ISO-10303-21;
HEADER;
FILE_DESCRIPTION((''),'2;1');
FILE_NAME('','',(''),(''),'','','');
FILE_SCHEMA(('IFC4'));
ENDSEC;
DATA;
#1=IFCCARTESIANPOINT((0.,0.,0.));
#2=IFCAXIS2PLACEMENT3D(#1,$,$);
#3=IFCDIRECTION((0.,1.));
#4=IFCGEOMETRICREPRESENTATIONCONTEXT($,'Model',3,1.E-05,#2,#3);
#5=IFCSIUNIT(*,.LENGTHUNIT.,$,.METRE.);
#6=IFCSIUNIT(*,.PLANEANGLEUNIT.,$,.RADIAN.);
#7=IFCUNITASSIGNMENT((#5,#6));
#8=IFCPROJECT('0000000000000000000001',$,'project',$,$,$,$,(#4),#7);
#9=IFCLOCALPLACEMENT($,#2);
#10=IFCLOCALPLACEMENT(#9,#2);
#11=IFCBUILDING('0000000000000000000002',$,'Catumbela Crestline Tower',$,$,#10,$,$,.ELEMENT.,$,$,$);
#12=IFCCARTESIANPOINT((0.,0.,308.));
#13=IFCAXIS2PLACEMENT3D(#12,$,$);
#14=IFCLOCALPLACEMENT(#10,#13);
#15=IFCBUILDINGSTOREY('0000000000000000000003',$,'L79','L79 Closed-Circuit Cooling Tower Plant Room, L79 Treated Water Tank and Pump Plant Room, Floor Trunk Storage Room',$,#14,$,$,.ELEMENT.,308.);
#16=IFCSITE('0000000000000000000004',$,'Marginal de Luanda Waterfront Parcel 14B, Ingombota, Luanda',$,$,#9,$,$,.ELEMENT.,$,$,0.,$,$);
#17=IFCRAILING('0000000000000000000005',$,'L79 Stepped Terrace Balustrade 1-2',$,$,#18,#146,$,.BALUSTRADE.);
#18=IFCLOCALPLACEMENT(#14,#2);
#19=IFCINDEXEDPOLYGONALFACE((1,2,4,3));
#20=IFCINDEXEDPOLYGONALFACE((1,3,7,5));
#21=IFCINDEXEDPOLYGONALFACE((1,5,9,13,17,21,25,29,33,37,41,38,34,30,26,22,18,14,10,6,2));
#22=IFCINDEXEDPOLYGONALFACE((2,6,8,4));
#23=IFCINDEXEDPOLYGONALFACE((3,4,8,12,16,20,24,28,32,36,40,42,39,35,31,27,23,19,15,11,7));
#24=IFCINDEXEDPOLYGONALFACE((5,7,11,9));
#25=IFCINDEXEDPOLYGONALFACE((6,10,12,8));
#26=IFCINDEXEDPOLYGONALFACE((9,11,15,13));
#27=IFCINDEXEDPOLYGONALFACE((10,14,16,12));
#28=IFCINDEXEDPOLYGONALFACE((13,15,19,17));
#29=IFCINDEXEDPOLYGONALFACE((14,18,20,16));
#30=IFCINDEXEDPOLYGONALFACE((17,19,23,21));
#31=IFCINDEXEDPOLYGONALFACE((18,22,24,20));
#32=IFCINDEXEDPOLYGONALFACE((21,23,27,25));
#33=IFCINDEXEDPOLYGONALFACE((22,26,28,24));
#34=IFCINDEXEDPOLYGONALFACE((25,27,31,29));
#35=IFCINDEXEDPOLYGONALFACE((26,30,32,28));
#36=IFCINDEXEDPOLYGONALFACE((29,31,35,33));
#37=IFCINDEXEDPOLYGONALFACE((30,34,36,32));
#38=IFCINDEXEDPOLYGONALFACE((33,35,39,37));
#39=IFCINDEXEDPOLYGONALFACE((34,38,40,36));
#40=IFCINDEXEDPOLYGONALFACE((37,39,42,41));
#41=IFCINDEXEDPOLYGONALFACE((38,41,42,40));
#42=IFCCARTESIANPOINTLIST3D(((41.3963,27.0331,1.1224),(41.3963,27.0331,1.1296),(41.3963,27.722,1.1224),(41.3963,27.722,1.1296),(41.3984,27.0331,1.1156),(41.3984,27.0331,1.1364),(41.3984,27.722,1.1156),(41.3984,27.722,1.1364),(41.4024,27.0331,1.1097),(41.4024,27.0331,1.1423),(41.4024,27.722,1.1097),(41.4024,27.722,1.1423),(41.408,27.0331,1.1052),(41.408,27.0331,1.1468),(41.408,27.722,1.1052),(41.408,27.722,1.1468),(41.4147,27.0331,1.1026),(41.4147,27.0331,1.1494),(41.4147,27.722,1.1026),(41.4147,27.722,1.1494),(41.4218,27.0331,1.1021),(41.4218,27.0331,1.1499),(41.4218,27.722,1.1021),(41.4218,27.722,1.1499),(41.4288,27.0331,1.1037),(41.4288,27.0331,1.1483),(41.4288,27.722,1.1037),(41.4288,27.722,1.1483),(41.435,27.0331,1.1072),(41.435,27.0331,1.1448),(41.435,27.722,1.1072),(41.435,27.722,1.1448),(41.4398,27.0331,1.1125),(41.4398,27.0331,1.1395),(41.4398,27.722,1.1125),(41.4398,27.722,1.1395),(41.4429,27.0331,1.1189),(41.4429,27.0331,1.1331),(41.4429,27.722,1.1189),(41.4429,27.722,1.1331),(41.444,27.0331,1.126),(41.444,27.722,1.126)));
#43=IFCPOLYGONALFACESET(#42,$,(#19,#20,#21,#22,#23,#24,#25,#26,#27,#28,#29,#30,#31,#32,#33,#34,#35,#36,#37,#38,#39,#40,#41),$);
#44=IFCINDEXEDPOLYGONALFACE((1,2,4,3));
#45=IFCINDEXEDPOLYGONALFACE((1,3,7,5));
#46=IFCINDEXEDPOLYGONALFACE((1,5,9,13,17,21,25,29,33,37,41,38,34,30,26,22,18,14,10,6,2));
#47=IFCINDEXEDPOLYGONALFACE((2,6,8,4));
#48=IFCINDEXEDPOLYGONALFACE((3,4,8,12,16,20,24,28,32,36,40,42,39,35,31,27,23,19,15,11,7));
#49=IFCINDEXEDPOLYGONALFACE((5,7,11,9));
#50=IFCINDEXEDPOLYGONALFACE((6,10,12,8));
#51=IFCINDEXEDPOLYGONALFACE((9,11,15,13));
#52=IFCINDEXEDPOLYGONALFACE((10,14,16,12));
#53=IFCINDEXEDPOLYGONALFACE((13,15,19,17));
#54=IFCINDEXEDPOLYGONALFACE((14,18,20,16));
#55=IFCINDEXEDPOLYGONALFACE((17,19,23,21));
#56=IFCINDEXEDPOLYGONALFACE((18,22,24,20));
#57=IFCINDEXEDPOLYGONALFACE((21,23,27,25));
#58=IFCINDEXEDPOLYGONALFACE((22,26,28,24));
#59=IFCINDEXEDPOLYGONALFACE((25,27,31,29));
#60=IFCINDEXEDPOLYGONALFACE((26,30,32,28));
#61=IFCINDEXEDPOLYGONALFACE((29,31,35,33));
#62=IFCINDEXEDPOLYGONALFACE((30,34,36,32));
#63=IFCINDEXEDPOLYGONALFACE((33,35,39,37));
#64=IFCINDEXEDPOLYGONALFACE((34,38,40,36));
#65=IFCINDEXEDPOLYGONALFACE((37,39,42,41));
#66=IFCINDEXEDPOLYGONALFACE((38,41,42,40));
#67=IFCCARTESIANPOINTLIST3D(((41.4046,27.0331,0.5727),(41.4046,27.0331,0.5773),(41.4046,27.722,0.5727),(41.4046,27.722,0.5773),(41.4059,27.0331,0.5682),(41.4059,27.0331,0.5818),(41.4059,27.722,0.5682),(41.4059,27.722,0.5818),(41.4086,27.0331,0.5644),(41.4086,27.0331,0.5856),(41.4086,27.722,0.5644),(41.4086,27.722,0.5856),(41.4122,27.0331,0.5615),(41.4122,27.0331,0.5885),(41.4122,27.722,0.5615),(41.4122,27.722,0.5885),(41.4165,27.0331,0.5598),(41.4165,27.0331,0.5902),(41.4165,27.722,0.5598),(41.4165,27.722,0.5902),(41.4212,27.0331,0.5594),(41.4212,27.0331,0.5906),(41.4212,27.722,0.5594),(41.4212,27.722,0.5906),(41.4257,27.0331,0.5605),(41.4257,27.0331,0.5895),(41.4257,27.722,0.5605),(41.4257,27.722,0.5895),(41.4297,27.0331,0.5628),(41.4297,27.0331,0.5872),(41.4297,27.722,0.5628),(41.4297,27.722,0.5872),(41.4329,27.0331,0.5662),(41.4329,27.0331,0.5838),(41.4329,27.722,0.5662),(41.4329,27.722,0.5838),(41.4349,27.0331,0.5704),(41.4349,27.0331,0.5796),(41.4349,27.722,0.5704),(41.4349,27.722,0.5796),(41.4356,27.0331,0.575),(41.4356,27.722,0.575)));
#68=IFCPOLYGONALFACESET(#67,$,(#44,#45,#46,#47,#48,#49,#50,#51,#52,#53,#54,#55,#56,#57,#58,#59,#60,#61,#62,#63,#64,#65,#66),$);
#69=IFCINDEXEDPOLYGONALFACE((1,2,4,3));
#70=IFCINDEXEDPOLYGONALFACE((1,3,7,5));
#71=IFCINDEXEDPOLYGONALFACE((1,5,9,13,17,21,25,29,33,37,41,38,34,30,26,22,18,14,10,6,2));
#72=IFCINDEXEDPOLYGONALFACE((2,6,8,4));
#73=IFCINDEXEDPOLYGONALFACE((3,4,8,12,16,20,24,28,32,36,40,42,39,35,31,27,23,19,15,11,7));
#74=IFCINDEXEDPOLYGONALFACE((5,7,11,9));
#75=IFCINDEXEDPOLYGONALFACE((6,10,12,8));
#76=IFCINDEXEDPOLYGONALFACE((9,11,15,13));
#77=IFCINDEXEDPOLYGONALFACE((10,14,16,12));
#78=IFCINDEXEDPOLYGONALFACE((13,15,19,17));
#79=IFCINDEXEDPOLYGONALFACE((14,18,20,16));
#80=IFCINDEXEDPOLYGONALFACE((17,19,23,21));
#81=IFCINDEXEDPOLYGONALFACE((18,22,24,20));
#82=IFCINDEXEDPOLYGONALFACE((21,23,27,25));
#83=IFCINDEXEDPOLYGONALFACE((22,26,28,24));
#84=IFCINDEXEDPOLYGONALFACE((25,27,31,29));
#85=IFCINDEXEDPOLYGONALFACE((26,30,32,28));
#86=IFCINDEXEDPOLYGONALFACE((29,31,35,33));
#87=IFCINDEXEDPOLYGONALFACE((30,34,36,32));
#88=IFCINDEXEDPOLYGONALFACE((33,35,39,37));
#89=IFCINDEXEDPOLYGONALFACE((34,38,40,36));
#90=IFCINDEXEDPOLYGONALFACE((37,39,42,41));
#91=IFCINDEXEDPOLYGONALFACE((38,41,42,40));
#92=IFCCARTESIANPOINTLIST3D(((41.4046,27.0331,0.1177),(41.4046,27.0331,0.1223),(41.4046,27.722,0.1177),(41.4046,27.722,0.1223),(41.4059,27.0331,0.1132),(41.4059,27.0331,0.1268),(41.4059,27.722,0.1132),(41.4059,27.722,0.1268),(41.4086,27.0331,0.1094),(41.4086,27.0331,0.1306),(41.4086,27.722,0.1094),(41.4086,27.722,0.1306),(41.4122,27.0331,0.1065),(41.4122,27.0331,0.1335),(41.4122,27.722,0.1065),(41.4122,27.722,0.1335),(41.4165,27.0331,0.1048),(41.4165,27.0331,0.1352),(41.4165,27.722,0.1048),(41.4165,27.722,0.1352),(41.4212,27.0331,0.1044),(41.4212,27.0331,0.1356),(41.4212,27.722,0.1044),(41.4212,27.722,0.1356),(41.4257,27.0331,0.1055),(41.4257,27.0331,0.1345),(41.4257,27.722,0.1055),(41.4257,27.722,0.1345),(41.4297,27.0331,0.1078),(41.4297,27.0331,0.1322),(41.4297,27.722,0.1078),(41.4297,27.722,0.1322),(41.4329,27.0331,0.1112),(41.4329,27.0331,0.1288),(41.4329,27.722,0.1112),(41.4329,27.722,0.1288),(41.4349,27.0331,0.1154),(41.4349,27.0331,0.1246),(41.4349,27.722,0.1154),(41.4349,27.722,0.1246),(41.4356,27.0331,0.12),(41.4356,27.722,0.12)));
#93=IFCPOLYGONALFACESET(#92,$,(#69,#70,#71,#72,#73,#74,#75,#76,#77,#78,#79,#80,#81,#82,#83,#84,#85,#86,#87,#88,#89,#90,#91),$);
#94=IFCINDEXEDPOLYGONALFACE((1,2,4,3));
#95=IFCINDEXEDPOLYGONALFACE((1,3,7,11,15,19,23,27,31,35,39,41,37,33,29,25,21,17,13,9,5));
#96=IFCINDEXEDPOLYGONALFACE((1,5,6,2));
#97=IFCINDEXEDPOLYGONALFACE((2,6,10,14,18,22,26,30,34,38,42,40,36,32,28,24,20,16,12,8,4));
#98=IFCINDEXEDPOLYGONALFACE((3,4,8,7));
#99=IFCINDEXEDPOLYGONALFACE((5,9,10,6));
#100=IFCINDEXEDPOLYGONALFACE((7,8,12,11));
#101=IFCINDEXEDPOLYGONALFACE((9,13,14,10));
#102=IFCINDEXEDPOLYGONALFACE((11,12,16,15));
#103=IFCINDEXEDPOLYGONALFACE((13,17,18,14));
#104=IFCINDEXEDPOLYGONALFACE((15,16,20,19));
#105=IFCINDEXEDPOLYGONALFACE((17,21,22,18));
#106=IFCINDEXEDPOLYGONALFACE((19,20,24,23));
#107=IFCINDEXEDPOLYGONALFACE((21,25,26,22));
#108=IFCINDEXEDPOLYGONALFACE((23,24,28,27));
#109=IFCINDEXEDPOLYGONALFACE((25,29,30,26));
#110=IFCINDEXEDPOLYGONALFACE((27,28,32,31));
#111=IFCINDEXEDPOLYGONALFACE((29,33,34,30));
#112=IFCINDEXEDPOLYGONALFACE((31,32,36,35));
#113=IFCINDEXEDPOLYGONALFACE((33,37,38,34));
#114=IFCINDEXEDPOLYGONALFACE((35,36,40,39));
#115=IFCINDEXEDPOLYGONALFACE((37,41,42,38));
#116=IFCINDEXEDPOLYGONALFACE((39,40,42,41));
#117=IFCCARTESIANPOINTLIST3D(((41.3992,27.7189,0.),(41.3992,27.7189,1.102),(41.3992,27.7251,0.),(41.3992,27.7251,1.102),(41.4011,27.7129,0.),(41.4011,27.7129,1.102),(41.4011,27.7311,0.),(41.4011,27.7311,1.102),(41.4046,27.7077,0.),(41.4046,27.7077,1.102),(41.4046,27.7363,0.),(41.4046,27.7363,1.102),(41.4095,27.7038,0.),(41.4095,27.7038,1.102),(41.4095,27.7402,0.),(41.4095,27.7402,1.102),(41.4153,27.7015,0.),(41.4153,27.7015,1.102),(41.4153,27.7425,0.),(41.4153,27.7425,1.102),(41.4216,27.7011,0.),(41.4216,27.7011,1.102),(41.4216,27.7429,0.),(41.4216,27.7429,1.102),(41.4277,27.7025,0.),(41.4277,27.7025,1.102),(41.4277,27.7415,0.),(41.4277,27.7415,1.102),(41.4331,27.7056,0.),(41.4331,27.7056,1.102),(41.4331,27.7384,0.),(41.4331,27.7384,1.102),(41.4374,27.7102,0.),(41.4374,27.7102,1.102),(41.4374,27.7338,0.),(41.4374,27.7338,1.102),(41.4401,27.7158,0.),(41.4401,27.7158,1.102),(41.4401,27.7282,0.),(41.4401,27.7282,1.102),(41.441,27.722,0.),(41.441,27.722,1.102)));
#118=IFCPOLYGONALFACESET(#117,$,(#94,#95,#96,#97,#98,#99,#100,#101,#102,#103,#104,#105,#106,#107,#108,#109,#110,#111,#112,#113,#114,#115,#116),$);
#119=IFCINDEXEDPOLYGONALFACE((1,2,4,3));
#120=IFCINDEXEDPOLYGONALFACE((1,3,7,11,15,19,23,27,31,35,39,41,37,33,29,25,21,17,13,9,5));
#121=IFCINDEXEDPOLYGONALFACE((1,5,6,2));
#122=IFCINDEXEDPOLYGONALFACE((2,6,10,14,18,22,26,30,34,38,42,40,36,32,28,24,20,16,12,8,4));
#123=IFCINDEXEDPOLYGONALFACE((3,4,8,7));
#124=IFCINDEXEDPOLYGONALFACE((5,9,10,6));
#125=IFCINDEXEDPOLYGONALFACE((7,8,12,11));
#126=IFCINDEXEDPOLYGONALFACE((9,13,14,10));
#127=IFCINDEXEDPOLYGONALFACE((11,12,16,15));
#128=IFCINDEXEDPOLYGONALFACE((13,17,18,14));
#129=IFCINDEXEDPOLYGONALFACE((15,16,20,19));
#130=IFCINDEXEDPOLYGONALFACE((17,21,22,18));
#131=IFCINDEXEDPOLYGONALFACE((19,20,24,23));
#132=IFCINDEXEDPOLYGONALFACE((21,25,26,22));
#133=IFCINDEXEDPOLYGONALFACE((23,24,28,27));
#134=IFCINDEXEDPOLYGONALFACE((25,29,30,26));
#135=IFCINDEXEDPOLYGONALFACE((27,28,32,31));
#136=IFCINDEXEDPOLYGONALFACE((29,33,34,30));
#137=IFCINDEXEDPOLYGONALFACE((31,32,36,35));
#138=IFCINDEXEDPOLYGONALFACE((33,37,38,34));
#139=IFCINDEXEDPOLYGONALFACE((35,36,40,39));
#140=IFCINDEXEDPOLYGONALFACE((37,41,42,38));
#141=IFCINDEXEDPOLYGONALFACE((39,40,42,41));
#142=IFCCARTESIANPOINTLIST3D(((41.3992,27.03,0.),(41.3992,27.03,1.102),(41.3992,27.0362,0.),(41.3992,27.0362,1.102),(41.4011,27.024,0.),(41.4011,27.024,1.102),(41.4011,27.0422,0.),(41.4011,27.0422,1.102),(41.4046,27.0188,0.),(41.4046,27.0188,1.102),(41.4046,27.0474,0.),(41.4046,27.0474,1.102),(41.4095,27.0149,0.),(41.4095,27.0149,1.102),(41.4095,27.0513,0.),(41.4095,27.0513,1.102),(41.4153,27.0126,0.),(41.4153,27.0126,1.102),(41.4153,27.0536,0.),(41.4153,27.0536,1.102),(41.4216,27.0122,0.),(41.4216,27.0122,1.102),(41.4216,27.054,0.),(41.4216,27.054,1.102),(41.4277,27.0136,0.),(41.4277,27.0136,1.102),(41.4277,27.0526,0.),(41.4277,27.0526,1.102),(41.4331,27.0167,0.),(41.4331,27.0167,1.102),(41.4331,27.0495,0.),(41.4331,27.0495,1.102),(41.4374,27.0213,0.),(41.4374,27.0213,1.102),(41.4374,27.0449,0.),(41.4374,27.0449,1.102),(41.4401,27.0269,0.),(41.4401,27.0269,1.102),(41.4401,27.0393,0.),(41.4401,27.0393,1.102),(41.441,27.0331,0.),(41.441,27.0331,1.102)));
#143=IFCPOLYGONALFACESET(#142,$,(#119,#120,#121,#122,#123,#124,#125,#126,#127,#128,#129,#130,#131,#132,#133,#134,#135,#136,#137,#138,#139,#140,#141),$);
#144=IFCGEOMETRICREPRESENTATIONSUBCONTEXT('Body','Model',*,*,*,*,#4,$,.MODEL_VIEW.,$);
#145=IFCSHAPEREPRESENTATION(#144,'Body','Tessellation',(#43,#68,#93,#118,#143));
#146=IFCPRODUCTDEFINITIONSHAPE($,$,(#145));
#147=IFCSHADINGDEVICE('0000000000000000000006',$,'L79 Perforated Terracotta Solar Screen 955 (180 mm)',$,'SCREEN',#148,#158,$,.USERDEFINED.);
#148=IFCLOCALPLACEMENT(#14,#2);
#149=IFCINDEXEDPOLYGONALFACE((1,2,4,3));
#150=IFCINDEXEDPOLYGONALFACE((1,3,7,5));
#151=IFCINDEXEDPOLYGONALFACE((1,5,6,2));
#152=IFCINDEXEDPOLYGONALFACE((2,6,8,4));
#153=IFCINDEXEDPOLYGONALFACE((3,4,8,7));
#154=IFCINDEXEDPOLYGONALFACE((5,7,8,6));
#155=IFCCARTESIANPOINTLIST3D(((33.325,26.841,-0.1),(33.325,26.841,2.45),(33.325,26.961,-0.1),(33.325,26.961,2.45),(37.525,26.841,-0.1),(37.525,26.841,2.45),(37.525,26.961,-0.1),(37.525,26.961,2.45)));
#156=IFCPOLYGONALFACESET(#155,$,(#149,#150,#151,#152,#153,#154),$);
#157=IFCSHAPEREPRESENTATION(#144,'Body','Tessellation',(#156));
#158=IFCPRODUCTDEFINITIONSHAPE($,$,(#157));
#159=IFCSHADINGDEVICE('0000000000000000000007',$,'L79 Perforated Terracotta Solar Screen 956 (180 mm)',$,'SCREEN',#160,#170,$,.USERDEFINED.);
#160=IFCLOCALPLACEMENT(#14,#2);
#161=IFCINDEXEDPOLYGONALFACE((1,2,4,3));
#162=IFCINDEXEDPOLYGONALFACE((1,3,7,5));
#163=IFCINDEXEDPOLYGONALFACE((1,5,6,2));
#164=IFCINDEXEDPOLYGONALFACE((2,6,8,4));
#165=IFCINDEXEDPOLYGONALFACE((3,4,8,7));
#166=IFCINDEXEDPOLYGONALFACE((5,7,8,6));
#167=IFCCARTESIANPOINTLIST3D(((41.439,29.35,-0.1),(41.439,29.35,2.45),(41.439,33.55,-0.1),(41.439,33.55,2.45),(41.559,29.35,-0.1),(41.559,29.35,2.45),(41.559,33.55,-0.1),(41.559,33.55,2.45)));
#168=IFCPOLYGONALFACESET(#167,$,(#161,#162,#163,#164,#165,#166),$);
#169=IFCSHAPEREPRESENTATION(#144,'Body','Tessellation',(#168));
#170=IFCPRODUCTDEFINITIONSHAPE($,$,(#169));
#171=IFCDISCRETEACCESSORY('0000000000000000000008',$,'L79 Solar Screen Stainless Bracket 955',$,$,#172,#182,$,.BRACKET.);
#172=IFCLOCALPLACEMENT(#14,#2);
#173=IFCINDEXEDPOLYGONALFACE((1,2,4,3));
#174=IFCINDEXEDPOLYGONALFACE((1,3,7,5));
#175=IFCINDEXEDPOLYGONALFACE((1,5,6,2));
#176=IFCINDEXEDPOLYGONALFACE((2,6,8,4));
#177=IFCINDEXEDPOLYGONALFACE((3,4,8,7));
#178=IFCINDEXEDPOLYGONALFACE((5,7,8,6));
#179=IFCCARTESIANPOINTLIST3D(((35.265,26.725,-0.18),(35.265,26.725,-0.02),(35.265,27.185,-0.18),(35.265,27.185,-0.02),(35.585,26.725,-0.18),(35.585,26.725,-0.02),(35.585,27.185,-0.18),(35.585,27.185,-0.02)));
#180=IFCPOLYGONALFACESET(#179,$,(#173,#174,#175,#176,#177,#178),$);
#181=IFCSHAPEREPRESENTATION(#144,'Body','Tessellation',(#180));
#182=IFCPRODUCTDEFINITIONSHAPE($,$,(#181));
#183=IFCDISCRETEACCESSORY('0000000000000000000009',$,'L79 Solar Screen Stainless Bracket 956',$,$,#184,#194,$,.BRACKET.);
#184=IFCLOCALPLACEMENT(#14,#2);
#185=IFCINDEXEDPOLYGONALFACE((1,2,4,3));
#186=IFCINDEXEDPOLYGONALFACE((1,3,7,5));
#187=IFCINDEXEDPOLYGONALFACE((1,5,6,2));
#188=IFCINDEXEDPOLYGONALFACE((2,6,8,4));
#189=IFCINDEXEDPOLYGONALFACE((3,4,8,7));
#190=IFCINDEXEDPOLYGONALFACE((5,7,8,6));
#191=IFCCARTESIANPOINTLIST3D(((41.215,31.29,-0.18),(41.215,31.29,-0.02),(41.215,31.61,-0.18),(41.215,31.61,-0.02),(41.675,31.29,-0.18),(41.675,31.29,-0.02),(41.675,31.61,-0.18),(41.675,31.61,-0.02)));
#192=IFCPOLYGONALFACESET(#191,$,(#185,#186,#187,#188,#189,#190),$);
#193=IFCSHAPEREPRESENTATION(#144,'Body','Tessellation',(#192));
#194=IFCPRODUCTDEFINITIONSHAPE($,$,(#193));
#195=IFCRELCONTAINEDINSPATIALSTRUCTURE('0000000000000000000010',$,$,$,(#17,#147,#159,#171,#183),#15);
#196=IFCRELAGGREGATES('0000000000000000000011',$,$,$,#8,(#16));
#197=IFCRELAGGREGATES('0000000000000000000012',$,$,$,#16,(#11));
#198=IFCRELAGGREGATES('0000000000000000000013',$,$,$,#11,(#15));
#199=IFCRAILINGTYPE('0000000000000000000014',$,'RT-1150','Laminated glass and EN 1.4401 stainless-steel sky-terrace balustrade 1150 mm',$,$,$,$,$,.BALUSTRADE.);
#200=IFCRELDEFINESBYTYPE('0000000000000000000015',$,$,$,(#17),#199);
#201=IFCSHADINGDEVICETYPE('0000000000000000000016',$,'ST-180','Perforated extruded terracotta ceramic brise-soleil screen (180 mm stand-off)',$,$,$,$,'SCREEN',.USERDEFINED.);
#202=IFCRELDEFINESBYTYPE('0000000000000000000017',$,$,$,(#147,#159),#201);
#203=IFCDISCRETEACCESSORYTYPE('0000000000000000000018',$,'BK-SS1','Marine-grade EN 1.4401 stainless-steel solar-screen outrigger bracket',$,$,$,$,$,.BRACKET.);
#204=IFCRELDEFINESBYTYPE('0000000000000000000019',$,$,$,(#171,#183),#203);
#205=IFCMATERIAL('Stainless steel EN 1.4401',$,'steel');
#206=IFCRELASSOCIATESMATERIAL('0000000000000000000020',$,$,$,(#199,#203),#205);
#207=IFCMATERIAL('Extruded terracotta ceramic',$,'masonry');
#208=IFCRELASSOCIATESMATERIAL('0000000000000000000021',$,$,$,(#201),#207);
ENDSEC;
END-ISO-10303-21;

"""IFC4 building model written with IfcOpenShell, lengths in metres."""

from ifc_helpers import new_model, si_unit, direction, frame, origin, origin_2d, place, context, subcontext, project, spatial, rectangle, circle, extrude, material, type_object, element, save


model = new_model("IFC4")

# Units and contexts
model_context = context("Model", 3, precision=1e-05, world=origin(), true_north=direction((0.0, 1.0)))
body_context = subcontext(model_context, "Body", "Model", "MODEL_VIEW")
ifc_project = project(units=[si_unit("LENGTHUNIT", "METRE"), si_unit("PLANEANGLEUNIT", "RADIAN")], contexts=[model_context])

# Site, building, storey
site_placement = place(None, origin())
site = spatial("IfcSite", under=ifc_project, at=site_placement, Name="Marginal de Luanda Waterfront Parcel 14B, Ingombota, Luanda", CompositionType="ELEMENT", RefElevation=0.0)
building_placement = place(site_placement, origin())
building = spatial("IfcBuilding", under=site, at=building_placement, Name="Catumbela Crestline Tower", CompositionType="ELEMENT")
storey_placement = place(building_placement, frame((0.0, 0.0, 308.0)))
storey = spatial("IfcBuildingStorey", under=building, at=storey_placement, Name="L79", Description="L79 Closed-Circuit Cooling Tower Plant Room, L79 Treated Water Tank and Pump Plant Room, Floor Trunk Storage Room", CompositionType="ELEMENT", Elevation=308.0)

# Shared definitions
ifc_material_1 = material(Name="Stainless steel EN 1.4401", Category="steel")

# Railing
railing_type = type_object("IfcRailingType", Name="RT-1150", Description="Laminated glass and EN 1.4401 stainless-steel sky-terrace balustrade 1150 mm", PredefinedType="BALUSTRADE", material=ifc_material_1)
railing_1_placement = place(storey_placement, frame((41.42, 27.722, 0.0)))
element("IfcRailing", 1, at=railing_1_placement, inside=storey, type_object=railing_type, Name="L79 Stepped Terrace Balustrade 1-2", PredefinedType="BALUSTRADE", context=body_context, shape_type="SweptSolid", body=[
    extrude(circle(Radius=0.024, at=origin_2d()), frame((0.0, 0.0, 1.126), z_axis=(0.0, -1.0, 0.0), x_axis=(1.0, 0.0, 0.0)), (0.0, 0.0, 1.0), 0.6889),
    extrude(circle(Radius=0.0156, at=origin_2d()), frame((0.0, 0.0, 0.575), z_axis=(0.0, -1.0, 0.0), x_axis=(1.0, 0.0, 0.0)), (0.0, 0.0, 1.0), 0.6889),
    extrude(circle(Radius=0.0156, at=origin_2d()), frame((0.0, 0.0, 0.12), z_axis=(0.0, -1.0, 0.0), x_axis=(1.0, 0.0, 0.0)), (0.0, 0.0, 1.0), 0.6889),
    extrude(circle(Radius=0.021, at=origin_2d()), origin(), (0.0, 0.0, 1.0), 1.102),
    extrude(circle(Radius=0.021, at=origin_2d()), frame((0.0, -0.6889, 0.0)), (0.0, 0.0, 1.0), 1.102),
])

# Shading devices
ifc_material_2 = material(Name="Extruded terracotta ceramic", Category="masonry")
shading_device_type = type_object("IfcShadingDeviceType", Name="ST-180", Description="Perforated extruded terracotta ceramic brise-soleil screen (180 mm stand-off)", ElementType="SCREEN", PredefinedType="USERDEFINED", material=ifc_material_2)
for number, where, z_axis, x_axis, name in (
    (2, (35.425, 26.901, -0.1), (0.0, 0.0, 1.0), (1.0, 0.0, 0.0), "L79 Perforated Terracotta Solar Screen 955 (180 mm)"),
    (3, (41.499, 31.45, -0.1), (0.0, 0.0, 1.0), (0.0, 1.0, 0.0), "L79 Perforated Terracotta Solar Screen 956 (180 mm)"),
):
    element("IfcShadingDevice", number, at=place(storey_placement, frame(where, z_axis=z_axis, x_axis=x_axis)), inside=storey, type_object=shading_device_type, Name=name, ObjectType="SCREEN", PredefinedType="USERDEFINED", context=body_context, shape_type="SweptSolid", body=[
        extrude(rectangle(XDim=4.2, YDim=0.12, at=origin_2d()), origin(), (0.0, 0.0, 1.0), 2.55),
    ])

# Discrete accessories
discrete_accessory_type = type_object("IfcDiscreteAccessoryType", Name="BK-SS1", Description="Marine-grade EN 1.4401 stainless-steel solar-screen outrigger bracket", PredefinedType="BRACKET", material=ifc_material_1)
for number, where, z_axis, x_axis, name in (
    (4, (35.425, 26.955, -0.18), (0.0, 0.0, 1.0), (1.0, 0.0, 0.0), "L79 Solar Screen Stainless Bracket 955"),
    (5, (41.445, 31.45, -0.18), (0.0, 0.0, 1.0), (0.0, 1.0, 0.0), "L79 Solar Screen Stainless Bracket 956"),
):
    element("IfcDiscreteAccessory", number, at=place(storey_placement, frame(where, z_axis=z_axis, x_axis=x_axis)), inside=storey, type_object=discrete_accessory_type, Name=name, PredefinedType="BRACKET", context=body_context, shape_type="SweptSolid", body=[
        extrude(rectangle(XDim=0.32, YDim=0.46, at=origin_2d()), origin(), (0.0, 0.0, 1.0), 0.16),
    ])

save(model, "model.ifc")
